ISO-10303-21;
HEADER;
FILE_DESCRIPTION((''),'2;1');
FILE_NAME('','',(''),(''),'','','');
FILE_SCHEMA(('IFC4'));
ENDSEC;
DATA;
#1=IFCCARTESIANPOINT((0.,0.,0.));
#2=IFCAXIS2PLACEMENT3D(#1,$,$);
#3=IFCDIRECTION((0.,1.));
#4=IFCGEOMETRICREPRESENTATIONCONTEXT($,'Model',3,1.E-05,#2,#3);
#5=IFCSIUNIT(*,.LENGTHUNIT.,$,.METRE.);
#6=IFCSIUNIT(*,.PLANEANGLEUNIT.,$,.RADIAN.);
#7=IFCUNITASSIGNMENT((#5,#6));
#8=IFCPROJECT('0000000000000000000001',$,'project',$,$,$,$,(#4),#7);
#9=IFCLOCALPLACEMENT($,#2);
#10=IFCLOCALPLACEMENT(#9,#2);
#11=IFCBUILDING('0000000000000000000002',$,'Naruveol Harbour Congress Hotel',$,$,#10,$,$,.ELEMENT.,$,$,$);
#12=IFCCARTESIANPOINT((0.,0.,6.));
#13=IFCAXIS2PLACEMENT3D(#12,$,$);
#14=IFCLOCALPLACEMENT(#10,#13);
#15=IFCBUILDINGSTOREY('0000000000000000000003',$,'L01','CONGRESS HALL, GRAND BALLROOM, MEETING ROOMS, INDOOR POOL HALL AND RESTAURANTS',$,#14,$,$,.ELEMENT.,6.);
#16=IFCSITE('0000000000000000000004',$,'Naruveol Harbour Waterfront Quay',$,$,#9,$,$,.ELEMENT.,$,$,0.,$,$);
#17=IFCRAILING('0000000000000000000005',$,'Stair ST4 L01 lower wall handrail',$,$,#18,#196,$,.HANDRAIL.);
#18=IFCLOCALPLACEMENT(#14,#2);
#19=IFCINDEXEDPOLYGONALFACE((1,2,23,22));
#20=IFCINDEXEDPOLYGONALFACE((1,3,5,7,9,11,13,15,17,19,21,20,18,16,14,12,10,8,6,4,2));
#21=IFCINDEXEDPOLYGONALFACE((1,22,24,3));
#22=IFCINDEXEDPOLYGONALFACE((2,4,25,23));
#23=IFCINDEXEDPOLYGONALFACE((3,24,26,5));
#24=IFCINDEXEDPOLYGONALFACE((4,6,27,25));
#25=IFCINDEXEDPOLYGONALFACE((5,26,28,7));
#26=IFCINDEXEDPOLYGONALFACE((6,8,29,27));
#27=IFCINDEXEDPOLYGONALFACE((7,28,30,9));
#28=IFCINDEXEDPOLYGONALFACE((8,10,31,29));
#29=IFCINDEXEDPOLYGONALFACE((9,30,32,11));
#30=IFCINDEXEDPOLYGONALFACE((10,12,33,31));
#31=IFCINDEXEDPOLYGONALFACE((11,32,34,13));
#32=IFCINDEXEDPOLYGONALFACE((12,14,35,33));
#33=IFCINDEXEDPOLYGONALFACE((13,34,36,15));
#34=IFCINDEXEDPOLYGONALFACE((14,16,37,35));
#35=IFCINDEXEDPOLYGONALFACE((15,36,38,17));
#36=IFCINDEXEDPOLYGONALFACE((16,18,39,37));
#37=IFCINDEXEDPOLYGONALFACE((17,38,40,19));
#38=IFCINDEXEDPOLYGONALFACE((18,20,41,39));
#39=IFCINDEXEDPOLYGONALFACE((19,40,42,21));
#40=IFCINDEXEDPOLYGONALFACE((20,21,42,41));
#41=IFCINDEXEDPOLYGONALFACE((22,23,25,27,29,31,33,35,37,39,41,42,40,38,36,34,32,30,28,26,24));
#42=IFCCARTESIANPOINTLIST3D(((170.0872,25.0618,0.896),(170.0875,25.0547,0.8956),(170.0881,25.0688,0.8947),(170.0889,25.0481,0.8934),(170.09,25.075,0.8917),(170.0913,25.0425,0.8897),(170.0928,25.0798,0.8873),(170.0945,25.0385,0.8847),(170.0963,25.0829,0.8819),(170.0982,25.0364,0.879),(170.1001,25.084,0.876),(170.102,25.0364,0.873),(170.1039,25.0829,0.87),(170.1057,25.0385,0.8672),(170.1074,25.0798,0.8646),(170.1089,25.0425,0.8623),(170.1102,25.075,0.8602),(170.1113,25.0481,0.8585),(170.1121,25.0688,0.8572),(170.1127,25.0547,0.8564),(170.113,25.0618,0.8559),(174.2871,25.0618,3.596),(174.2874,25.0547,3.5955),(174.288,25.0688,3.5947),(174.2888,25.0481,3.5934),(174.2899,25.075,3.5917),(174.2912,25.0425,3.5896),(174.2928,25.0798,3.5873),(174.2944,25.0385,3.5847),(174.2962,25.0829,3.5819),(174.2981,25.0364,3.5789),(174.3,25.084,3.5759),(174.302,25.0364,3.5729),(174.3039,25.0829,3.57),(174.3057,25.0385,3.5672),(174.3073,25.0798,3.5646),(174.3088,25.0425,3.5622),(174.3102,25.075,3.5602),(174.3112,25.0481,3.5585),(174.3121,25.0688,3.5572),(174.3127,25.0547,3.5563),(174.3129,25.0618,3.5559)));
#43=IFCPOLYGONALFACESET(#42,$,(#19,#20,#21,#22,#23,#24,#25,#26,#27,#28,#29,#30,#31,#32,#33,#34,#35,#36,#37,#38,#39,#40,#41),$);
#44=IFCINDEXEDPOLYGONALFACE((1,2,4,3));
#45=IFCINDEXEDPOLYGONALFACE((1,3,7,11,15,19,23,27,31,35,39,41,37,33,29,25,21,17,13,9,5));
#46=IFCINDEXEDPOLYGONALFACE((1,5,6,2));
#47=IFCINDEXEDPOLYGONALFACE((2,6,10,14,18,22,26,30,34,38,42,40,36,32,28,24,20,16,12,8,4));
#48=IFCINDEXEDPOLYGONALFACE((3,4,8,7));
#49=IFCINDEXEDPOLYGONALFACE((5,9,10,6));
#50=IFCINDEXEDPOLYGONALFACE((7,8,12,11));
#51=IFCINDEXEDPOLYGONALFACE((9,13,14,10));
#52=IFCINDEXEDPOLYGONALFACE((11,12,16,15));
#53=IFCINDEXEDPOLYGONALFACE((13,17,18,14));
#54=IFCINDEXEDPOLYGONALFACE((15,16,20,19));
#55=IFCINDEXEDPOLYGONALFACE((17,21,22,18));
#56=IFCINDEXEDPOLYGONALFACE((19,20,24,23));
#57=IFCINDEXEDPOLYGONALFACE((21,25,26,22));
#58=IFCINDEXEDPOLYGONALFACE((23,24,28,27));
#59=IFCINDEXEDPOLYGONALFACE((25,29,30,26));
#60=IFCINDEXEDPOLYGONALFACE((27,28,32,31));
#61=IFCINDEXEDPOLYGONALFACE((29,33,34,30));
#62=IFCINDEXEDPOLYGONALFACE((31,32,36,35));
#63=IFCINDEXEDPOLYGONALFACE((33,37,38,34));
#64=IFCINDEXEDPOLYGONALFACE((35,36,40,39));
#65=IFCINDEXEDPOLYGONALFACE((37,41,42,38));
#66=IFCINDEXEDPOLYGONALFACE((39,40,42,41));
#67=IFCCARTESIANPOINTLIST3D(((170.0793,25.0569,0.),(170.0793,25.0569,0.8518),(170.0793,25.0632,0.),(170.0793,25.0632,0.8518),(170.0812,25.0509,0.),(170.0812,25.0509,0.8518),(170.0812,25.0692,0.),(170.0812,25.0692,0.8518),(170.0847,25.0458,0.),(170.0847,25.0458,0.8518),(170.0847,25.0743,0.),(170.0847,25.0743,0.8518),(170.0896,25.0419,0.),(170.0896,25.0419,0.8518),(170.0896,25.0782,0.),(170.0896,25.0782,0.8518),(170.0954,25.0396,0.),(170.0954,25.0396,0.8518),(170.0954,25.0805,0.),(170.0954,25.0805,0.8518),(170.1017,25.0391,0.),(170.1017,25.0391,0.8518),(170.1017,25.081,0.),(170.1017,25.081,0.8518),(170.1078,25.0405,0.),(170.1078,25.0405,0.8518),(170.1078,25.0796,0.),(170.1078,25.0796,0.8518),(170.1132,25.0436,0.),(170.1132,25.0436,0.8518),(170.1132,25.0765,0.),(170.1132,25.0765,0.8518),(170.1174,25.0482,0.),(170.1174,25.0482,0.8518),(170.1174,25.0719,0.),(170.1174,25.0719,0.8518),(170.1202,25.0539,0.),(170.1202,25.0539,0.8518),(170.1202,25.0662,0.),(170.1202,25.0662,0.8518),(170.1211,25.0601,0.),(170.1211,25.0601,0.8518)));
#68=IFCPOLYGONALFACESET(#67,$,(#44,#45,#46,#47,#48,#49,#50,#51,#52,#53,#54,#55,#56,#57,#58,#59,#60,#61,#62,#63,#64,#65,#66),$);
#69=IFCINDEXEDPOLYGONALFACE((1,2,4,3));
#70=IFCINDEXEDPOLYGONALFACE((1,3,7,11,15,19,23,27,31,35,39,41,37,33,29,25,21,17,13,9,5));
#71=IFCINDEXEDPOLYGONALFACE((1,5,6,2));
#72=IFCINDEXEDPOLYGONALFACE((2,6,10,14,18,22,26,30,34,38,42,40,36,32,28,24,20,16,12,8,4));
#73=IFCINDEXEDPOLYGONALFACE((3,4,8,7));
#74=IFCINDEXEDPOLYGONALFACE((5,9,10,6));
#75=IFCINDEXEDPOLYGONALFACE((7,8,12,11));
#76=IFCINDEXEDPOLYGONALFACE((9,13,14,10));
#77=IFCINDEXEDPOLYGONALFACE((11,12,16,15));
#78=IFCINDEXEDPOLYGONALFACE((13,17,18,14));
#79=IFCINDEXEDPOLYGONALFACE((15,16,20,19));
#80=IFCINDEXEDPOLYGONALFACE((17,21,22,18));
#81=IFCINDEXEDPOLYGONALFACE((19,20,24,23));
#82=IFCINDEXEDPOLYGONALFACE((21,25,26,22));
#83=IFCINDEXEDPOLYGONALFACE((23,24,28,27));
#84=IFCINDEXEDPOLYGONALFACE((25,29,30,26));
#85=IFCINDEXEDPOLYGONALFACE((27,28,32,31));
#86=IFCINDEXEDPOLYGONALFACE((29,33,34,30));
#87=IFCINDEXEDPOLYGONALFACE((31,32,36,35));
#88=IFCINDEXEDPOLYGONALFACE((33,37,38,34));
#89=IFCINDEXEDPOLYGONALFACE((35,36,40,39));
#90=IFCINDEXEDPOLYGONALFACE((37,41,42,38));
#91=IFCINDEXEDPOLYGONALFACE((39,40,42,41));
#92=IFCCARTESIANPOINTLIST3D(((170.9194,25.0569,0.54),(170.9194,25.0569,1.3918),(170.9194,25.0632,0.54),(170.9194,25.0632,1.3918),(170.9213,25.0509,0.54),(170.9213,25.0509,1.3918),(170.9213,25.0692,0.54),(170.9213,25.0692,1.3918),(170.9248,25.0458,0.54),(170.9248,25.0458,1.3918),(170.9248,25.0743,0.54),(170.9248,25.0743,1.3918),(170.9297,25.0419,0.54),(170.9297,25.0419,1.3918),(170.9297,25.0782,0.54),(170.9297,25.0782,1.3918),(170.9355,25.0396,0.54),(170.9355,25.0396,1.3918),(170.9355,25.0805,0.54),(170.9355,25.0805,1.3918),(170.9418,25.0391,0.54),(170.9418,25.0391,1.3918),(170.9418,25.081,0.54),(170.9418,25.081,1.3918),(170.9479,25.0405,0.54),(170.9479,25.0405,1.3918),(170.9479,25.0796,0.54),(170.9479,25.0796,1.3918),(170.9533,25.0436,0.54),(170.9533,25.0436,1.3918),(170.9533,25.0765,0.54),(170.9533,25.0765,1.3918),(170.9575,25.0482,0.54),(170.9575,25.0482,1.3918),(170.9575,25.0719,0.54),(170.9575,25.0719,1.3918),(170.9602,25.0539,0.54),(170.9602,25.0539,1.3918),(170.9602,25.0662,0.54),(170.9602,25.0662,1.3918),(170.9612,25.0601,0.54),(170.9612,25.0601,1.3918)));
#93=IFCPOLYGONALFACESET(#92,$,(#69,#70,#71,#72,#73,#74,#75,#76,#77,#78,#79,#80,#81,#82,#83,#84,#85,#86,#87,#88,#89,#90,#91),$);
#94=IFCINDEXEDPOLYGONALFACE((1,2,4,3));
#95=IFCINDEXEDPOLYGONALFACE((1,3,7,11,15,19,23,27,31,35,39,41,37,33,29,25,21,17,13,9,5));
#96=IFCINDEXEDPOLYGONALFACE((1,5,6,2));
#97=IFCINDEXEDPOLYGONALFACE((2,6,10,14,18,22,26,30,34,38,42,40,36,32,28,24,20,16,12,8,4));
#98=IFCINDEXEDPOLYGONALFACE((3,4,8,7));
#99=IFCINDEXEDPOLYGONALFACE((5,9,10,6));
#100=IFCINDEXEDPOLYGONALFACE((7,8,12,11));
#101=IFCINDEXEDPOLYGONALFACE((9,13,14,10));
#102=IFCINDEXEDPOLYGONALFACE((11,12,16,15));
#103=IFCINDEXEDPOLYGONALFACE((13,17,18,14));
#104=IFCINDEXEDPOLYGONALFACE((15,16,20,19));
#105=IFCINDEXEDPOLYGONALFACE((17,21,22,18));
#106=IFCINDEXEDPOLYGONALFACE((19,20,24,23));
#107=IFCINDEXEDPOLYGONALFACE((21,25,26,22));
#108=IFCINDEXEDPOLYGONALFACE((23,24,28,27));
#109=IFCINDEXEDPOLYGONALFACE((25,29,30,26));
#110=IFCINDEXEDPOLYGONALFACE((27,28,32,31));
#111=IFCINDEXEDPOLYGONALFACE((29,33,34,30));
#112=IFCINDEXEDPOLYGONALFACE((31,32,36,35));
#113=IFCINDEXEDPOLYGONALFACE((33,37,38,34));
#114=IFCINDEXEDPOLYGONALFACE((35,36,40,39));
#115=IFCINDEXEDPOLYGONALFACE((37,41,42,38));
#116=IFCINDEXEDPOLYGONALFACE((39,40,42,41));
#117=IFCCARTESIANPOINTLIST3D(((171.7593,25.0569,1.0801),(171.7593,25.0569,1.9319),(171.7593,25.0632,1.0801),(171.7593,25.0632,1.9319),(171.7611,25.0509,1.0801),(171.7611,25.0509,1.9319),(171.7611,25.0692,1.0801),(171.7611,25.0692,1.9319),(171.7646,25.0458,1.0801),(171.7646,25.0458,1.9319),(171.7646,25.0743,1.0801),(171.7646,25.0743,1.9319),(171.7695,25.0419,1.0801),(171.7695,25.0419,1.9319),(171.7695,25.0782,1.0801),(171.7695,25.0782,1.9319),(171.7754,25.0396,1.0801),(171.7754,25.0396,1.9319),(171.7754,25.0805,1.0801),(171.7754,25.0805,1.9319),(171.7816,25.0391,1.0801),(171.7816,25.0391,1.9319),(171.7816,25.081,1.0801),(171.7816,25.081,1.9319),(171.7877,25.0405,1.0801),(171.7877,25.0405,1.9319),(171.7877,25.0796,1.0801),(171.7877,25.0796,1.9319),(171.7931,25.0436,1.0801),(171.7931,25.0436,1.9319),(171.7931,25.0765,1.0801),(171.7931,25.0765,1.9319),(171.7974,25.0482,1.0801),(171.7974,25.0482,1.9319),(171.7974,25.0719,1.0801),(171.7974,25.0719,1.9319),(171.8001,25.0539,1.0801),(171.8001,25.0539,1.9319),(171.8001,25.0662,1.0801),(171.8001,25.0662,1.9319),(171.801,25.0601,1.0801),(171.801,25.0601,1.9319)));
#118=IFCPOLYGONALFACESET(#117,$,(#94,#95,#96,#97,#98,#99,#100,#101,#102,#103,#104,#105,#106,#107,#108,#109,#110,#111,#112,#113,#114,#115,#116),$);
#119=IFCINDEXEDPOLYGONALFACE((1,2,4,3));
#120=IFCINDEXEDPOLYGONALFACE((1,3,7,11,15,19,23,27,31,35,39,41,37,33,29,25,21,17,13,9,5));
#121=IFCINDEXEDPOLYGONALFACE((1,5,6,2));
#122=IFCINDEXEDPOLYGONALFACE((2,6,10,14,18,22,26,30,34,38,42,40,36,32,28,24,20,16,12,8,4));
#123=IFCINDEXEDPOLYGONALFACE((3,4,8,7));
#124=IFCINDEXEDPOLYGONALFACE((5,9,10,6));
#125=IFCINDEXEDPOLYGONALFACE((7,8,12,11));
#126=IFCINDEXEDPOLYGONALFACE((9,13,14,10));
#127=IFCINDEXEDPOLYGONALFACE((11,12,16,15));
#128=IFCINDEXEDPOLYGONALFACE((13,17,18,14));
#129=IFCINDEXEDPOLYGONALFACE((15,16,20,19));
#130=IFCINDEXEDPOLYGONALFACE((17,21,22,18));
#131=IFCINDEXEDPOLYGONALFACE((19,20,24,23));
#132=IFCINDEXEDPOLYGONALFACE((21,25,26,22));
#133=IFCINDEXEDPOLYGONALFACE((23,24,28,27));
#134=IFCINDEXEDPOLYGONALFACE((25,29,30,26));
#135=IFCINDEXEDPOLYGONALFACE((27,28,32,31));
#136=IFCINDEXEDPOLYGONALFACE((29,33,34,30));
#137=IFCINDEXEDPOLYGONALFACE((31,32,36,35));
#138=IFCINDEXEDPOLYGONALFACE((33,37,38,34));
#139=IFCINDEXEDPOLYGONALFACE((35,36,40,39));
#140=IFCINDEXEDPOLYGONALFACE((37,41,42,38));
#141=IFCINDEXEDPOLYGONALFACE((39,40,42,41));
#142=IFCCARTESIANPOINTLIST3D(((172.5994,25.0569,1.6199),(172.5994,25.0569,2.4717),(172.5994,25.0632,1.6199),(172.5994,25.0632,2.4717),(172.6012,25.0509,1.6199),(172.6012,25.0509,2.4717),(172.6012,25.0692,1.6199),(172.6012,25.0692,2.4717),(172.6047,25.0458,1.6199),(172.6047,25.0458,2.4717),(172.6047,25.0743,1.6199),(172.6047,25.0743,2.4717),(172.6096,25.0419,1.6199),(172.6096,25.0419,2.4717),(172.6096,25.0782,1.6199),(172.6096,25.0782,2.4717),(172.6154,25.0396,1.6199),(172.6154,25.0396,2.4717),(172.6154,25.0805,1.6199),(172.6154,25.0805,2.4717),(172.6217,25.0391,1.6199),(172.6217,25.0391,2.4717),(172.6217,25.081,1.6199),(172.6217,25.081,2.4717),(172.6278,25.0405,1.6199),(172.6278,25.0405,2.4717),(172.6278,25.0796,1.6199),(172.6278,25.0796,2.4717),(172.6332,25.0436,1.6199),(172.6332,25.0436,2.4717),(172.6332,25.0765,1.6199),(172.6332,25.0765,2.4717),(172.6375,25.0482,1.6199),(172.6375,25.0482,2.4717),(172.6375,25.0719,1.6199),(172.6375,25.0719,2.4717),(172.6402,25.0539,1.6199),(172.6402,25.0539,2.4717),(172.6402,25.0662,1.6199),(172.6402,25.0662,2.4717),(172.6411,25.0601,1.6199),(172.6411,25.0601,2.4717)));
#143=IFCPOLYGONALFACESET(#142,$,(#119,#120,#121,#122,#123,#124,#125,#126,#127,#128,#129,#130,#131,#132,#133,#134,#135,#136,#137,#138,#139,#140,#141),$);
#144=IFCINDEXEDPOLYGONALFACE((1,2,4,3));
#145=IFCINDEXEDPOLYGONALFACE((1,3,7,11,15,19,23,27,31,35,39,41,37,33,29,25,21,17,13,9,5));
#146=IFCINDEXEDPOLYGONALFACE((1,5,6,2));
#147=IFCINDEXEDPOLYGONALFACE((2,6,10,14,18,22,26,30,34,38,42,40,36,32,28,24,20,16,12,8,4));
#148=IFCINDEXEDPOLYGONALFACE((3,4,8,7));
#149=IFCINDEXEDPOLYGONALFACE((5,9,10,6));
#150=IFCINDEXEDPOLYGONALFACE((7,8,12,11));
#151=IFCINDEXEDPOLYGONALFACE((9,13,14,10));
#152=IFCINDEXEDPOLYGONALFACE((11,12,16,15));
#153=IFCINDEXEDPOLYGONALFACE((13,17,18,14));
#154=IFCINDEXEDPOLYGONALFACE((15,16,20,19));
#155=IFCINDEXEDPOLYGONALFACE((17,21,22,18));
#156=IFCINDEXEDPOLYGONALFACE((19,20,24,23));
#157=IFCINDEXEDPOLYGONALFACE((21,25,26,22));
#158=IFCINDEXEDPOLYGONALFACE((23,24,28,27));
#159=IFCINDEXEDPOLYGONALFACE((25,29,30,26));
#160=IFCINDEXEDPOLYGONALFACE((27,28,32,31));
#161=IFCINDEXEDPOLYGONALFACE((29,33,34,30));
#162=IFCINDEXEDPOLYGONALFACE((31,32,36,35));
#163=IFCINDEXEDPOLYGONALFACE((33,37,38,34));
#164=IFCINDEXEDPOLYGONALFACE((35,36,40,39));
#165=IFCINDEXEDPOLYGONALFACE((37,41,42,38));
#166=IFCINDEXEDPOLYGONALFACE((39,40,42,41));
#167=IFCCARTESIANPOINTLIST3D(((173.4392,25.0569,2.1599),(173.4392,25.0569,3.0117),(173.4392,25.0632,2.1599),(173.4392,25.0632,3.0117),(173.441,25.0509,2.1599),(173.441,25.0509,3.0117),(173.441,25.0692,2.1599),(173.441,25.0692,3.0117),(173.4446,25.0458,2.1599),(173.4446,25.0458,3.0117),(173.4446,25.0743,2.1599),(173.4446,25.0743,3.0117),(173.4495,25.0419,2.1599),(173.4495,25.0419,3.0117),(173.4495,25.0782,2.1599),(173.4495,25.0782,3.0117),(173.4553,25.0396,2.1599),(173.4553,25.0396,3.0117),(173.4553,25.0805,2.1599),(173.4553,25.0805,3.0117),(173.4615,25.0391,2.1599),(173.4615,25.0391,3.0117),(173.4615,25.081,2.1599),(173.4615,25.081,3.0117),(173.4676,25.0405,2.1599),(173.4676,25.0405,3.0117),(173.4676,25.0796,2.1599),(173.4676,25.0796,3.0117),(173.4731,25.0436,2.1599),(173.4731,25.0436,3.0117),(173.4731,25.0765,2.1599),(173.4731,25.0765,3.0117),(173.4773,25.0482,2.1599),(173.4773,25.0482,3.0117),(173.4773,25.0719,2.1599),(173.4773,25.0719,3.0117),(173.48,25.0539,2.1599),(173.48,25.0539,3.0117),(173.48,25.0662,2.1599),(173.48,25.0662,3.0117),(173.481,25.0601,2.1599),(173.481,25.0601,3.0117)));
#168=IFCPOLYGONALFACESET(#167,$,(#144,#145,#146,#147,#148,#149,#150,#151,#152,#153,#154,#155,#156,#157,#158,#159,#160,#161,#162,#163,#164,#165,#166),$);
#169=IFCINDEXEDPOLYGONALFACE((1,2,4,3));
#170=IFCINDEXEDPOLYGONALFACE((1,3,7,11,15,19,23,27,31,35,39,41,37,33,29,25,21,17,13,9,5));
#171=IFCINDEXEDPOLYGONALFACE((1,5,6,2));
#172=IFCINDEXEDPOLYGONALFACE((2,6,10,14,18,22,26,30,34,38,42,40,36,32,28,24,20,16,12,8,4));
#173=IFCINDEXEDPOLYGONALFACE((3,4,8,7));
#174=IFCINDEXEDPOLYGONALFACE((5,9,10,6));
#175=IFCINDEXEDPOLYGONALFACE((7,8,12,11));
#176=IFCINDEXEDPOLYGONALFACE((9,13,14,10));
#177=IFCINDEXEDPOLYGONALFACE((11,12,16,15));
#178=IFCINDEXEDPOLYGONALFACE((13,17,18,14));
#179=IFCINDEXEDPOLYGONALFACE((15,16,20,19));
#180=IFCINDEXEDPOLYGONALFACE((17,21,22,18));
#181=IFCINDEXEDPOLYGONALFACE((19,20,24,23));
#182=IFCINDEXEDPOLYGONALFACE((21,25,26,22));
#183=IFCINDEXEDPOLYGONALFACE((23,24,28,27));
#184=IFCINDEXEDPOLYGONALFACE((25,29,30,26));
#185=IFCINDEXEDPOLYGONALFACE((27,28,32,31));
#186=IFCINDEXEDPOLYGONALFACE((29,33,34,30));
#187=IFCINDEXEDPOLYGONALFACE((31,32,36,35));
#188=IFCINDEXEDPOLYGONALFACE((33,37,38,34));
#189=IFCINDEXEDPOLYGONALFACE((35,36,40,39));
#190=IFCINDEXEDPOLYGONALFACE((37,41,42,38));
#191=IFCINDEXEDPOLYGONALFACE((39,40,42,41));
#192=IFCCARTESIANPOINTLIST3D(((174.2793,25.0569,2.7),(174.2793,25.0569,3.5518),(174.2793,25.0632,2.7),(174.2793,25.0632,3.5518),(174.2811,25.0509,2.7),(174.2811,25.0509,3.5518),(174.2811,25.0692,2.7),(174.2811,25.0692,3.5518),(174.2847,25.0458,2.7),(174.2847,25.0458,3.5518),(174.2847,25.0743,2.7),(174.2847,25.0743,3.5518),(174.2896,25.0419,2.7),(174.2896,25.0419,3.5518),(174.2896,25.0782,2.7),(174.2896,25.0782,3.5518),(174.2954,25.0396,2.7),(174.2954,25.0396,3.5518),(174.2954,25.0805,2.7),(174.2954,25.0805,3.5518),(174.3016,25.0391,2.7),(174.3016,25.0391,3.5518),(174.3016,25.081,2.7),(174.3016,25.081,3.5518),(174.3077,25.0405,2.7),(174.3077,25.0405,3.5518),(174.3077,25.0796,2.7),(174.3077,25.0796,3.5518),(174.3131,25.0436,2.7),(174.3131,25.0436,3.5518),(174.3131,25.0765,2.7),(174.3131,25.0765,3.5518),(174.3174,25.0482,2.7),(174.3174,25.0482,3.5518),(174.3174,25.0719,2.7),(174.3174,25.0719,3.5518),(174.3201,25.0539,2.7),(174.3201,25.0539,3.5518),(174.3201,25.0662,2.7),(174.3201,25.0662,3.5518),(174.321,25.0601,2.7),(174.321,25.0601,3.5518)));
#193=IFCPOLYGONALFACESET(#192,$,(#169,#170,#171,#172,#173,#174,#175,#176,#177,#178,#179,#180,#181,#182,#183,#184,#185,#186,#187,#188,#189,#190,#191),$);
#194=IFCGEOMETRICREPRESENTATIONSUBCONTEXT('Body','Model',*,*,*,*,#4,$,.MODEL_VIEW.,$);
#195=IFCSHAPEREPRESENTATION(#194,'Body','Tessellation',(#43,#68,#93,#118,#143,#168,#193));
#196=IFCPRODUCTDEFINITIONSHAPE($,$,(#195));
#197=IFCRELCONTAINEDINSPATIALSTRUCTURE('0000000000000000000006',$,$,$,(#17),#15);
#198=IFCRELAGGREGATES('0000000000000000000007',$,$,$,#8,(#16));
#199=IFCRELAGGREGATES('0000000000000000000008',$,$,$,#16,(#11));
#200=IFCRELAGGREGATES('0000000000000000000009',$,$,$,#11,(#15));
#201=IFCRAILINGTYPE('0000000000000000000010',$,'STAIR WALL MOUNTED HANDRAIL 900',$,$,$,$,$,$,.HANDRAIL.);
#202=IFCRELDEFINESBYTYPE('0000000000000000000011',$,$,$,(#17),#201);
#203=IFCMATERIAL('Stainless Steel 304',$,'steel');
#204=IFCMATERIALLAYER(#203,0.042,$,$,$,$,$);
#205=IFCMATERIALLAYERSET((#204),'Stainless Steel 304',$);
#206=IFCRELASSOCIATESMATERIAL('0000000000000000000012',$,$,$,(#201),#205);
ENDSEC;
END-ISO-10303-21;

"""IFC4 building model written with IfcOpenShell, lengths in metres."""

from ifc_helpers import new_model, si_unit, direction, frame, origin, origin_2d, place, context, subcontext, project, spatial, circle, extrude, material, layer, layer_set, type_object, element, save


model = new_model("IFC4")

# Units and contexts
model_context = context("Model", 3, precision=1e-05, world=origin(), true_north=direction((0.0, 1.0)))
body_context = subcontext(model_context, "Body", "Model", "MODEL_VIEW")
ifc_project = project(units=[si_unit("LENGTHUNIT", "METRE"), si_unit("PLANEANGLEUNIT", "RADIAN")], contexts=[model_context])

# Site, building, storey
site_placement = place(None, origin())
site = spatial("IfcSite", under=ifc_project, at=site_placement, Name="Naruveol Harbour Waterfront Quay", CompositionType="ELEMENT", RefElevation=0.0)
building_placement = place(site_placement, origin())
building = spatial("IfcBuilding", under=site, at=building_placement, Name="Naruveol Harbour Congress Hotel", CompositionType="ELEMENT")
storey_placement = place(building_placement, frame((0.0, 0.0, 6.0)))
storey = spatial("IfcBuildingStorey", under=building, at=storey_placement, Name="L01", Description="CONGRESS HALL, GRAND BALLROOM, MEETING ROOMS, INDOOR POOL HALL AND RESTAURANTS", CompositionType="ELEMENT", Elevation=6.0)

# Railing
ifc_material_1 = material(Name="Stainless Steel 304", Category="steel")
ifc_layer_1 = layer(ifc_material_1, 0.042)
ifc_layer_set_1 = layer_set([ifc_layer_1], Name="Stainless Steel 304")
railing_type_1 = type_object("IfcRailingType", Name="STAIR WALL MOUNTED HANDRAIL 900", PredefinedType="HANDRAIL", material=ifc_layer_set_1)
railing_1_placement = place(storey_placement, frame((170.1001, 25.0601, 0.0)))
element("IfcRailing", 1, at=railing_1_placement, inside=storey, type_object=railing_type_1, Name="Stair ST4 L01 lower wall handrail", PredefinedType="HANDRAIL", context=body_context, shape_type="SweptSolid", body=[
    extrude(circle(Radius=0.0239, at=origin_2d()), frame((0.0, 0.0, 0.876), z_axis=(0.84118, 0.0, 0.540755), x_axis=(0.0, 1.0, 0.0)), (0.0, 0.0, 1.0), 4.9929),
    extrude(circle(Radius=0.021, at=origin_2d()), origin(), (0.0, 0.0, 1.0), 0.8518),
    extrude(circle(Radius=0.021, at=origin_2d()), frame((0.8401, 0.0, 0.54)), (0.0, 0.0, 1.0), 0.8518),
    extrude(circle(Radius=0.021, at=origin_2d()), frame((1.6799, 0.0, 1.0801)), (0.0, 0.0, 1.0), 0.8518),
    extrude(circle(Radius=0.021, at=origin_2d()), frame((2.52, 0.0, 1.6199)), (0.0, 0.0, 1.0), 0.8518),
    extrude(circle(Radius=0.021, at=origin_2d()), frame((3.3599, 0.0, 2.1599)), (0.0, 0.0, 1.0), 0.8518),
    extrude(circle(Radius=0.021, at=origin_2d()), frame((4.2, 0.0, 2.7)), (0.0, 0.0, 1.0), 0.8518),
])

save(model, "model.ifc")
